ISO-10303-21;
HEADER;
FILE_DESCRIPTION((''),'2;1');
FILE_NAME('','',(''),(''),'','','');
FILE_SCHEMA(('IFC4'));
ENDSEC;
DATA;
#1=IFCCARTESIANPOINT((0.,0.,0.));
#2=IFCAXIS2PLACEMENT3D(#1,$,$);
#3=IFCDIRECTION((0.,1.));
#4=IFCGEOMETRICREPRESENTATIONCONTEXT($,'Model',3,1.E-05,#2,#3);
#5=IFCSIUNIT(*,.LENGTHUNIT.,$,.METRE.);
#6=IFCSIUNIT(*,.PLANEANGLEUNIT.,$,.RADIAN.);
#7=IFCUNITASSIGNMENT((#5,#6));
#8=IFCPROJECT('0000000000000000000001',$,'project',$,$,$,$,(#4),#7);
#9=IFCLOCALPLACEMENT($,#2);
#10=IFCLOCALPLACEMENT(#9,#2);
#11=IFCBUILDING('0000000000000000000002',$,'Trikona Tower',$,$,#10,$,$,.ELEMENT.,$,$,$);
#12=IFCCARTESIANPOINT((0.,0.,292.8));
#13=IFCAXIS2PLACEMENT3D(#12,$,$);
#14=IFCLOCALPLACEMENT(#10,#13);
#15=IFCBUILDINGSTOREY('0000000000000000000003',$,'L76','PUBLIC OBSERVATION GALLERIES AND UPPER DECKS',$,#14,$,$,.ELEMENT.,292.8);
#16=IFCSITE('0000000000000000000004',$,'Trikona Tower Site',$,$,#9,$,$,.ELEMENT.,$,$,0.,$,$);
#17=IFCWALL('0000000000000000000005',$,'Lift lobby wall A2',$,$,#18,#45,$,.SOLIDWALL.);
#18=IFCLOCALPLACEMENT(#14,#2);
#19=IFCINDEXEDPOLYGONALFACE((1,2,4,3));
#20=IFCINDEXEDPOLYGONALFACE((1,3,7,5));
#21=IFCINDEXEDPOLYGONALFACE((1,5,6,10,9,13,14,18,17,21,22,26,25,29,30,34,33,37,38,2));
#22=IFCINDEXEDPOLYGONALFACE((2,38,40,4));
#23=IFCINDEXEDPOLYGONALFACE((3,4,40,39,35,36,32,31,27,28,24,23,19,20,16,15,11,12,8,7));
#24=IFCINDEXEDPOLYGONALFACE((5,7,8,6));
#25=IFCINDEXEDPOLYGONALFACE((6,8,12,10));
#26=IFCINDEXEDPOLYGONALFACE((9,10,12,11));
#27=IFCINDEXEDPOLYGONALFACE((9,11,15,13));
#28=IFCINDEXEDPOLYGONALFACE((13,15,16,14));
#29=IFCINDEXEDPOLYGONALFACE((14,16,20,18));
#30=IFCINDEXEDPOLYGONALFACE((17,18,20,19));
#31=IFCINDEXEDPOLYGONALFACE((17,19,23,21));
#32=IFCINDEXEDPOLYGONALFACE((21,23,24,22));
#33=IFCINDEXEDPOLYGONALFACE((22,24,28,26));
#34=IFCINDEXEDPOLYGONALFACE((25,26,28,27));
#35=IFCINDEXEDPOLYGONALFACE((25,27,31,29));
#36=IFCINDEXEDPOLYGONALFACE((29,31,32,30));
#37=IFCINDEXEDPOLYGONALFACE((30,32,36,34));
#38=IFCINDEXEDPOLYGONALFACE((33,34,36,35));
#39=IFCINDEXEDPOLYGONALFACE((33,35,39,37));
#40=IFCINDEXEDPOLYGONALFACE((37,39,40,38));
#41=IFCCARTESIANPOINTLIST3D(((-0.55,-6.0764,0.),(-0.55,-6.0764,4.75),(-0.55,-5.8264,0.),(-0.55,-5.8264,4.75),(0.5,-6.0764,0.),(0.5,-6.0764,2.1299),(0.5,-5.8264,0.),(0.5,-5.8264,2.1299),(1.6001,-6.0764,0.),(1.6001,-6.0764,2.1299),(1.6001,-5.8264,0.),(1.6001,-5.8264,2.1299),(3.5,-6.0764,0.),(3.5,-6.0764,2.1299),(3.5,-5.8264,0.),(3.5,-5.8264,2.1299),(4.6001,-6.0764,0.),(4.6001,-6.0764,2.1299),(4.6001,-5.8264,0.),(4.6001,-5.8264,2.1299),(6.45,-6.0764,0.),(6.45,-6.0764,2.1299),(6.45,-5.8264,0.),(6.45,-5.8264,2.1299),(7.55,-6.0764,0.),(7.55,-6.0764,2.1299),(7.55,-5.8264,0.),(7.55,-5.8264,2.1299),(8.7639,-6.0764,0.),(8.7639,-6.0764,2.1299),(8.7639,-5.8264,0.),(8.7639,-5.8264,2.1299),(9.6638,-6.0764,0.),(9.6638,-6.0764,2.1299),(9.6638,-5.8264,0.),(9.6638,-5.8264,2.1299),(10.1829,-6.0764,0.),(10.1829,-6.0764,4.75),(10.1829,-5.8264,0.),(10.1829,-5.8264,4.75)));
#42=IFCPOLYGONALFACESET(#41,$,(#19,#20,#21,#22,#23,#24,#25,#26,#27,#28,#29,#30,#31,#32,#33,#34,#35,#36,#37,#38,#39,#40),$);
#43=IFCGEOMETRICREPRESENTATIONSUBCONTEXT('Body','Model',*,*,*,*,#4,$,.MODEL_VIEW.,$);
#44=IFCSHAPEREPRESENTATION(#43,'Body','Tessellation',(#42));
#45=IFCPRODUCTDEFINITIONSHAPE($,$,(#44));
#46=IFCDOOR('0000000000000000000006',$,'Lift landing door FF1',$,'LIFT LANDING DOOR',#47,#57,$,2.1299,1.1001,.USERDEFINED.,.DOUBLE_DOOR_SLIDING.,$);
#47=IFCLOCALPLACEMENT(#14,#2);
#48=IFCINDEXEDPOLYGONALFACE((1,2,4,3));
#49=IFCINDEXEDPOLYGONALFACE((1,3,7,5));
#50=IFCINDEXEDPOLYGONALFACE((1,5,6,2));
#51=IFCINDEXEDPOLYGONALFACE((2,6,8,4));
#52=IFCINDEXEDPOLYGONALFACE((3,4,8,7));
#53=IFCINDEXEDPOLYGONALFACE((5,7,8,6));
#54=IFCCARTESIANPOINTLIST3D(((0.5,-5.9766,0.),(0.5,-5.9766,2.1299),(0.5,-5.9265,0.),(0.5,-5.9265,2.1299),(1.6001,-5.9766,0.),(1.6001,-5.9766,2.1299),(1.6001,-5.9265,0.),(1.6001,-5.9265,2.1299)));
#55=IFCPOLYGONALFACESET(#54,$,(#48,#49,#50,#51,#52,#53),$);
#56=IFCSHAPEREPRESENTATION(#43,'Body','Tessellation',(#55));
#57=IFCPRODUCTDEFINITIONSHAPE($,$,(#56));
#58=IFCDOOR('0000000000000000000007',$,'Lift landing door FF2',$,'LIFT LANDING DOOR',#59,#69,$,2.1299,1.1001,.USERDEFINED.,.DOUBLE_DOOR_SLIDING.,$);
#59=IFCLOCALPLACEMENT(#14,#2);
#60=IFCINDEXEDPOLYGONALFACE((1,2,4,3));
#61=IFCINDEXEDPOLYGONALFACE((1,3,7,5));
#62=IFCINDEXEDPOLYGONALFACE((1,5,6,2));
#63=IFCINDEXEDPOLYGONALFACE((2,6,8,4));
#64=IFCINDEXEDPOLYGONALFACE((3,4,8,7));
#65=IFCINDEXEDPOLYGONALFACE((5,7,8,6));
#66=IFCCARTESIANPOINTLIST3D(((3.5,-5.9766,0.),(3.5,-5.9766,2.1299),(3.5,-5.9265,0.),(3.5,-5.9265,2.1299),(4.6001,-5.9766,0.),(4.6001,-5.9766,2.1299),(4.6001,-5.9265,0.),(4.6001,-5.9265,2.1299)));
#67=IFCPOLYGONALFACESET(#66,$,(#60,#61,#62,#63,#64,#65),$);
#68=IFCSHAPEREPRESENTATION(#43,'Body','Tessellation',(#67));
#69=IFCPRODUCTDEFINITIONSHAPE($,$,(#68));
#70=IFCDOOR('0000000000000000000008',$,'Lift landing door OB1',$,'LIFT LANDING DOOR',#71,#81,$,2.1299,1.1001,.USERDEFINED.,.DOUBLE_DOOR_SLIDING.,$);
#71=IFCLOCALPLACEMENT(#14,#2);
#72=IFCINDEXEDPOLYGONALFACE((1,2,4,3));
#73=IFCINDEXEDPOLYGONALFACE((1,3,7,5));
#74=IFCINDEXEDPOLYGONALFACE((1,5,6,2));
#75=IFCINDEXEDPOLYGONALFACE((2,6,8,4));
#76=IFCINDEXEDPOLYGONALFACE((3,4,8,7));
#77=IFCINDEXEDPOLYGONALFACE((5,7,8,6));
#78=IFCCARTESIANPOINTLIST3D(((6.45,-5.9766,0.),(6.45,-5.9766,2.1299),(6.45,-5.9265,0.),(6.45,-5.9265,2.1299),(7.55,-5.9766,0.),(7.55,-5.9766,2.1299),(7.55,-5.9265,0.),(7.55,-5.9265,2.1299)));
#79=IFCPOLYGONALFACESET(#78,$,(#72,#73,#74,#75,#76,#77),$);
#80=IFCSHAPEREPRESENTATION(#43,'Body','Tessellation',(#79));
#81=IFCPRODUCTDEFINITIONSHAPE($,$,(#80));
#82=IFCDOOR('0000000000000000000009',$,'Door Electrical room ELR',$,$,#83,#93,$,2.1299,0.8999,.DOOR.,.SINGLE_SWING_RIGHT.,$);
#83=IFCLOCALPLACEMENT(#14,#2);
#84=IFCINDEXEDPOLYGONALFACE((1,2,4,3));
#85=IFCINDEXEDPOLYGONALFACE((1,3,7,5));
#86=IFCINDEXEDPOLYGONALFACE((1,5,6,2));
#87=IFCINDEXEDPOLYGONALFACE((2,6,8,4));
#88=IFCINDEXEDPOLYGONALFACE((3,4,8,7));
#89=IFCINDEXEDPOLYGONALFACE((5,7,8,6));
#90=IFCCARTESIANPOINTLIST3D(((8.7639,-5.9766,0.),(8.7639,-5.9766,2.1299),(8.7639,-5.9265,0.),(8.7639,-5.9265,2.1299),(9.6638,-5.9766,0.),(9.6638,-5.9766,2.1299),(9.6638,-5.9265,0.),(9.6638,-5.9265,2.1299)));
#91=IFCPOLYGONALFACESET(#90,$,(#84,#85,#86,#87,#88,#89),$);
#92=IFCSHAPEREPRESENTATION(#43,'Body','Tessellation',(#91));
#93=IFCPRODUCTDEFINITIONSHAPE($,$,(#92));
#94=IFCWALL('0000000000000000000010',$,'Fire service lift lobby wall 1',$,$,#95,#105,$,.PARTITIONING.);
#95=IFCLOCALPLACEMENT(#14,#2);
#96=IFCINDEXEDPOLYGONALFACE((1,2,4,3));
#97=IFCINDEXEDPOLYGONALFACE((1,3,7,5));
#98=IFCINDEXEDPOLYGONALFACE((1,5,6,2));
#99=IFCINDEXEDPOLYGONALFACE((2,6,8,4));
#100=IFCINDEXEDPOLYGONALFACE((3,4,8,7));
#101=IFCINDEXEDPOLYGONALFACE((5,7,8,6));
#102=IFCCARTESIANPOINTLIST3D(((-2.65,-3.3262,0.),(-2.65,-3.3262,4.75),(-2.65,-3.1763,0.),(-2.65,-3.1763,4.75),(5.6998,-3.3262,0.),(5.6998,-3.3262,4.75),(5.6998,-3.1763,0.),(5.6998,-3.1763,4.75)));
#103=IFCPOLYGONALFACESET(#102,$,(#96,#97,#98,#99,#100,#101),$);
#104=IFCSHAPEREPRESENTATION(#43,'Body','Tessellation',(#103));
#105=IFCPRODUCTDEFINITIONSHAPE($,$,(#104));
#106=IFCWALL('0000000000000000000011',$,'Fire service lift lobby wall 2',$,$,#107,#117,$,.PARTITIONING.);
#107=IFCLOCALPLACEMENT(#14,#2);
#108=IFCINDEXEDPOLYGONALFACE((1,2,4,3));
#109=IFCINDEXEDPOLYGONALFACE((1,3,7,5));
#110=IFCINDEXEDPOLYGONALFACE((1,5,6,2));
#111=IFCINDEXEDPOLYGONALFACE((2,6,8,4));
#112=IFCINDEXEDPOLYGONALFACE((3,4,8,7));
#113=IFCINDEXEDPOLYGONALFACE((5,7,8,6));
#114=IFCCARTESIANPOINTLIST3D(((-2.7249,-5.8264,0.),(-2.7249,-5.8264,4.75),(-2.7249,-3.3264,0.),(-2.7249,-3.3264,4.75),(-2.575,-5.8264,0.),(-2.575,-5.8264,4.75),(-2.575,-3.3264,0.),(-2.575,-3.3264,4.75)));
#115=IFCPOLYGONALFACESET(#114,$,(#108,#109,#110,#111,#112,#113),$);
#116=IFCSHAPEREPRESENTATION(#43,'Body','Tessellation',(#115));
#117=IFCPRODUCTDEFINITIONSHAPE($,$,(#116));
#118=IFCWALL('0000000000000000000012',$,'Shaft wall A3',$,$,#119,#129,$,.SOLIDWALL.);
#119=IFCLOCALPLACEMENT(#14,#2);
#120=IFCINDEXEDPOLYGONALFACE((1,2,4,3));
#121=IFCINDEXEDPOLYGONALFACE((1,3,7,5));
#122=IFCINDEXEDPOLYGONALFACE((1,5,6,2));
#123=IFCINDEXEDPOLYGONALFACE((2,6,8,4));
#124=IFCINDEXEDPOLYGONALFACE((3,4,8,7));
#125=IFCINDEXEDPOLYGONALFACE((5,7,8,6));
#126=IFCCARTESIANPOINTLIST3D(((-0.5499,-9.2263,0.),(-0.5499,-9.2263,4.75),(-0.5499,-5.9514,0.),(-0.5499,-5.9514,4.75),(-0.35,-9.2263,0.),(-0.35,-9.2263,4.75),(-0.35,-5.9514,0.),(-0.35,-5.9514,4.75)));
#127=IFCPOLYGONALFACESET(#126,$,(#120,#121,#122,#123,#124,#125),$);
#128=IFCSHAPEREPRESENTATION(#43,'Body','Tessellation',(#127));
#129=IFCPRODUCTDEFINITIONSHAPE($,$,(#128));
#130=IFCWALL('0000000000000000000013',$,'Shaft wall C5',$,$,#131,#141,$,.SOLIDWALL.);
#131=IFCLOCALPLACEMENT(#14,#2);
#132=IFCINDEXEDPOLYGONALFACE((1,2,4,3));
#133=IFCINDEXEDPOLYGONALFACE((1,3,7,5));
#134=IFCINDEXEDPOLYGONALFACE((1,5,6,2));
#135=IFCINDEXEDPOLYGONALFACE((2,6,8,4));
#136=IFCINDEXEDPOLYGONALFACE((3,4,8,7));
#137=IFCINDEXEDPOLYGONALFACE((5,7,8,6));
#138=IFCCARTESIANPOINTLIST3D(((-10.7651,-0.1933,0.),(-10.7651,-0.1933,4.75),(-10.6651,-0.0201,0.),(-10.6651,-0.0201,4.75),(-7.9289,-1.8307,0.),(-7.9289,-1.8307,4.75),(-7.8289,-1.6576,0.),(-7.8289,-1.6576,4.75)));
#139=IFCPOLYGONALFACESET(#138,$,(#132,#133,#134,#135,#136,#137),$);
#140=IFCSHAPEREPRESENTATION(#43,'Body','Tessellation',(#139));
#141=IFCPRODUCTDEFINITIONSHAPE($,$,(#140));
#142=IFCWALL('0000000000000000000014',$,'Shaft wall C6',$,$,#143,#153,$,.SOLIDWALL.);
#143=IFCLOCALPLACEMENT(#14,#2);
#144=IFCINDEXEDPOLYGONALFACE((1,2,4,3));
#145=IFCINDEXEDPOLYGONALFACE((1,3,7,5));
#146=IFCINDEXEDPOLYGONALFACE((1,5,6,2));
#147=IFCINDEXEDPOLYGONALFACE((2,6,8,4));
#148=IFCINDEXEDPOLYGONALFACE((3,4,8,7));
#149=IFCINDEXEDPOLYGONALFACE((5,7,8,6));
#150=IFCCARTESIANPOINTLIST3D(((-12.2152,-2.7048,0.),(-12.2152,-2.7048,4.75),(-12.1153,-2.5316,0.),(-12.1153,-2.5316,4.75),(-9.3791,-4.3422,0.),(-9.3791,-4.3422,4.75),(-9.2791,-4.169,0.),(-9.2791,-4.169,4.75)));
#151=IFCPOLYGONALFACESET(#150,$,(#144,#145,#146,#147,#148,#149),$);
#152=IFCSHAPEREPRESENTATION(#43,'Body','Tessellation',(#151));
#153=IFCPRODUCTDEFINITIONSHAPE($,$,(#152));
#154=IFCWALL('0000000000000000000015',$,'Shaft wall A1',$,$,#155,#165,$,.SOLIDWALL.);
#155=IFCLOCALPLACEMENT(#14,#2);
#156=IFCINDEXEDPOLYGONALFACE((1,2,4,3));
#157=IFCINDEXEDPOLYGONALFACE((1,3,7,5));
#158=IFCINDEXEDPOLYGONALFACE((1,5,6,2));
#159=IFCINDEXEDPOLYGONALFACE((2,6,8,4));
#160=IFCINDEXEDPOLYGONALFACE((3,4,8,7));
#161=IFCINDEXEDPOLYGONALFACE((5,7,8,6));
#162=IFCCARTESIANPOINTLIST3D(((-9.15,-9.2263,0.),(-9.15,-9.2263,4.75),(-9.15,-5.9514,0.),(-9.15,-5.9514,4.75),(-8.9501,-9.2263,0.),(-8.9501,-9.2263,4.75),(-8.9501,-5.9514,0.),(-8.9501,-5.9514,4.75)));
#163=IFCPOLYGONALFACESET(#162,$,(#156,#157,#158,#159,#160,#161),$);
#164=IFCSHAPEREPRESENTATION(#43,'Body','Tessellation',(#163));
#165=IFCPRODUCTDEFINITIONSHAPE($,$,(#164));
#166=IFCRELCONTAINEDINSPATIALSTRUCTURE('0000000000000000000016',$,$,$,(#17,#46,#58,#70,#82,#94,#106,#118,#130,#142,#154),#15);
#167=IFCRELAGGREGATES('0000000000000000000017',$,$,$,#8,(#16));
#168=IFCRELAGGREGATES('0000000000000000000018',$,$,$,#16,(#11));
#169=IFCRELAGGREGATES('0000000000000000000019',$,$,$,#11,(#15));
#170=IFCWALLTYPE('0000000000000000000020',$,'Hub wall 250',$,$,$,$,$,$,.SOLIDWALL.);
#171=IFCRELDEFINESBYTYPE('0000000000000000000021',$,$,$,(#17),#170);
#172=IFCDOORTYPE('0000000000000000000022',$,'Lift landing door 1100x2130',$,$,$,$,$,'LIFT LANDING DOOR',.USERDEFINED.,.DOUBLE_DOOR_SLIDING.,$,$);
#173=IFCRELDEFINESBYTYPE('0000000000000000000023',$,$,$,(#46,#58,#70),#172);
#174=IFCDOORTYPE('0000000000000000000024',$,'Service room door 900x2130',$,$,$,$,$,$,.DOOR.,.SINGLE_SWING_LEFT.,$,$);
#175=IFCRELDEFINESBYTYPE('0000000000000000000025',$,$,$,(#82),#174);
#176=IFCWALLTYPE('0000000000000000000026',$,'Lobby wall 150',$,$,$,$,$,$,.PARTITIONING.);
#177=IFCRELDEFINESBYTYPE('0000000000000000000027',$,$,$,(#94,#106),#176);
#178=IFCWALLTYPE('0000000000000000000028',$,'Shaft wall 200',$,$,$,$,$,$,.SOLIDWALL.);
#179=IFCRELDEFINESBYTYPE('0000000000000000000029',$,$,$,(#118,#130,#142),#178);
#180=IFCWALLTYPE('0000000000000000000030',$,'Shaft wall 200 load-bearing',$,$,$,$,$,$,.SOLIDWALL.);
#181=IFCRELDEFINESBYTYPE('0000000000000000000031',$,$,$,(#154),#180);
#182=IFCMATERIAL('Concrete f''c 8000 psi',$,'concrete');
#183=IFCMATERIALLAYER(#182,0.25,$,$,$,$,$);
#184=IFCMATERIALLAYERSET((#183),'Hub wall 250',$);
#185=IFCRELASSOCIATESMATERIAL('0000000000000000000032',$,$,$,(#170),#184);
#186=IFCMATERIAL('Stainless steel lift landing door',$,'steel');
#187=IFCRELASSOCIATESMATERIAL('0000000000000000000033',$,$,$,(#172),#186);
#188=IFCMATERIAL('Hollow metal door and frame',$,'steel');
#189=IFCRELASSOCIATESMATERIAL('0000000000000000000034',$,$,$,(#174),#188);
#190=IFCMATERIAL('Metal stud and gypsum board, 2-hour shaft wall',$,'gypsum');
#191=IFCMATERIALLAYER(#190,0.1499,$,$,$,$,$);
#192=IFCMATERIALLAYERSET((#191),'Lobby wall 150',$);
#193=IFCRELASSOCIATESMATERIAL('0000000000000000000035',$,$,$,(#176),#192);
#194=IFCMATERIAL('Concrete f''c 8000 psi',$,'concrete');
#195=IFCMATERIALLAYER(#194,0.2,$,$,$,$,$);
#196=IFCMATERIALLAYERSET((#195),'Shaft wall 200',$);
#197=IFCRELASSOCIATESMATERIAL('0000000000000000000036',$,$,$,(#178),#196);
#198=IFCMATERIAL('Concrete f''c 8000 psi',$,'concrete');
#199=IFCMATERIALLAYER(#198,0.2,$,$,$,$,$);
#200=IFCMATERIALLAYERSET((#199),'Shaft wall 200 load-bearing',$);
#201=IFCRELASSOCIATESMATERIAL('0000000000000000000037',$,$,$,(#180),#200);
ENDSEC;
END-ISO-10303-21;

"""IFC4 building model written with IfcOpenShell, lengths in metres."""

from ifc_helpers import new_model, si_unit, direction, frame, frame_2d, origin, place, context, subcontext, project, spatial, rectangle, extrude, material, layer, layer_set, type_object, element, fill, save


model = new_model("IFC4")

# Units and contexts
model_context = context("Model", 3, precision=1e-05, world=origin(), true_north=direction((0.0, 1.0)))
body_context = subcontext(model_context, "Body", "Model", "MODEL_VIEW")
ifc_project = project(units=[si_unit("LENGTHUNIT", "METRE"), si_unit("PLANEANGLEUNIT", "RADIAN")], contexts=[model_context])

# Site, building, storey
site_placement = place(None, origin())
site = spatial("IfcSite", under=ifc_project, at=site_placement, Name="Trikona Tower Site", CompositionType="ELEMENT", RefElevation=0.0)
building_placement = place(site_placement, origin())
building = spatial("IfcBuilding", under=site, at=building_placement, Name="Trikona Tower", CompositionType="ELEMENT")
storey_placement = place(building_placement, frame((0.0, 0.0, 292.8)))
storey = spatial("IfcBuildingStorey", under=building, at=storey_placement, Name="L76", Description="PUBLIC OBSERVATION GALLERIES AND UPPER DECKS", CompositionType="ELEMENT", Elevation=292.8)

# Shared definitions
ifc_material_1 = material(Name="Concrete f'c 8000 psi", Category="concrete")
ifc_layer_1 = layer(ifc_material_1, 0.25)
ifc_layer_set_1 = layer_set([ifc_layer_1], Name="Hub wall 250")
wall_type_1 = type_object("IfcWallType", Name="Hub wall 250", PredefinedType="SOLIDWALL", material=ifc_layer_set_1)

# Wall, openings, doors
wall_1_placement = place(storey_placement, frame((-0.55, -5.9514, 0.0), z_axis=(0.0, 0.0, 1.0), x_axis=(1.0, 0.0, 0.0)))
wall_1 = element("IfcWall", 1, at=wall_1_placement, inside=storey, type_object=wall_type_1, Name="Lift lobby wall A2", PredefinedType="SOLIDWALL", context=body_context, shape_type="SweptSolid", body=[
    extrude(rectangle(XDim=10.7329, YDim=0.25, at=frame_2d((5.3665, 0.0))), origin(), (0.0, 0.0, 1.0), 4.75),
])
opening_1_placement = place(wall_1_placement, frame((9.314, 0.0, 0.0)))
opening_1 = element("IfcOpeningElement", 2, at=opening_1_placement, cuts=wall_1, PredefinedType="OPENING", context=body_context, shape_type="SweptSolid", body=[
    extrude(rectangle(XDim=0.8999, YDim=2.1299, at=frame_2d((0.45, 1.0649))), frame((0.0, 0.135, 0.0), z_axis=(0.0, -1.0, 0.0), x_axis=(1.0, 0.0, 0.0)), (0.0, 0.0, 1.0), 0.27),
])
opening_2_placement = place(wall_1_placement, frame((1.05, 0.0, 0.0)))
opening_2 = element("IfcOpeningElement", 3, at=opening_2_placement, cuts=wall_1, PredefinedType="OPENING", context=body_context, shape_type="SweptSolid", body=[
    extrude(rectangle(XDim=1.1001, YDim=2.1299, at=frame_2d((0.55, 1.0649))), frame((0.0, 0.135, 0.0), z_axis=(0.0, -1.0, 0.0), x_axis=(1.0, 0.0, 0.0)), (0.0, 0.0, 1.0), 0.27),
])
opening_3_placement = place(wall_1_placement, frame((4.05, 0.0, 0.0)))
opening_3 = element("IfcOpeningElement", 4, at=opening_3_placement, cuts=wall_1, PredefinedType="OPENING", context=body_context, shape_type="SweptSolid", body=[
    extrude(rectangle(XDim=1.1001, YDim=2.1299, at=frame_2d((0.55, 1.0649))), frame((0.0, 0.135, 0.0), z_axis=(0.0, -1.0, 0.0), x_axis=(1.0, 0.0, 0.0)), (0.0, 0.0, 1.0), 0.27),
])
opening_4_placement = place(wall_1_placement, frame((7.0, 0.0, 0.0)))
opening_4 = element("IfcOpeningElement", 5, at=opening_4_placement, cuts=wall_1, PredefinedType="OPENING", context=body_context, shape_type="SweptSolid", body=[
    extrude(rectangle(XDim=1.1001, YDim=2.1299, at=frame_2d((0.55, 1.0649))), frame((0.0, 0.135, 0.0), z_axis=(0.0, -1.0, 0.0), x_axis=(1.0, 0.0, 0.0)), (0.0, 0.0, 1.0), 0.27),
])
ifc_material_2 = material(Name="Stainless steel lift landing door", Category="steel")
door_type_1 = type_object("IfcDoorType", Name="Lift landing door 1100x2130", ElementType="LIFT LANDING DOOR", OperationType="DOUBLE_DOOR_SLIDING", PredefinedType="USERDEFINED", material=ifc_material_2)
door_1_placement = place(opening_2_placement, origin())
door_1 = element("IfcDoor", 6, at=door_1_placement, inside=storey, type_object=door_type_1, Name="Lift landing door FF1", ObjectType="LIFT LANDING DOOR", OperationType="DOUBLE_DOOR_SLIDING", OverallHeight=2.1299, OverallWidth=1.1001, PredefinedType="USERDEFINED", context=body_context, shape_type="SweptSolid", body=[
    extrude(rectangle(XDim=1.1001, YDim=2.1299, at=frame_2d((0.55, 1.0649))), frame((0.0, 0.0249, 0.0), z_axis=(0.0, -1.0, 0.0), x_axis=(1.0, 0.0, 0.0)), (0.0, 0.0, 1.0), 0.05),
])
fill(opening_2, door_1)
door_2_placement = place(opening_3_placement, origin())
door_2 = element("IfcDoor", 7, at=door_2_placement, inside=storey, type_object=door_type_1, Name="Lift landing door FF2", ObjectType="LIFT LANDING DOOR", OperationType="DOUBLE_DOOR_SLIDING", OverallHeight=2.1299, OverallWidth=1.1001, PredefinedType="USERDEFINED", context=body_context, shape_type="SweptSolid", body=[
    extrude(rectangle(XDim=1.1001, YDim=2.1299, at=frame_2d((0.55, 1.0649))), frame((0.0, 0.0249, 0.0), z_axis=(0.0, -1.0, 0.0), x_axis=(1.0, 0.0, 0.0)), (0.0, 0.0, 1.0), 0.05),
])
fill(opening_3, door_2)
door_3_placement = place(opening_4_placement, origin())
door_3 = element("IfcDoor", 8, at=door_3_placement, inside=storey, type_object=door_type_1, Name="Lift landing door OB1", ObjectType="LIFT LANDING DOOR", OperationType="DOUBLE_DOOR_SLIDING", OverallHeight=2.1299, OverallWidth=1.1001, PredefinedType="USERDEFINED", context=body_context, shape_type="SweptSolid", body=[
    extrude(rectangle(XDim=1.1001, YDim=2.1299, at=frame_2d((0.55, 1.0649))), frame((0.0, 0.0249, 0.0), z_axis=(0.0, -1.0, 0.0), x_axis=(1.0, 0.0, 0.0)), (0.0, 0.0, 1.0), 0.05),
])
fill(opening_4, door_3)
ifc_material_3 = material(Name="Hollow metal door and frame", Category="steel")
door_type_2 = type_object("IfcDoorType", Name="Service room door 900x2130", OperationType="SINGLE_SWING_LEFT", PredefinedType="DOOR", material=ifc_material_3)
door_4_placement = place(opening_1_placement, origin())
door_4 = element("IfcDoor", 9, at=door_4_placement, inside=storey, type_object=door_type_2, Name="Door Electrical room ELR", OperationType="SINGLE_SWING_RIGHT", OverallHeight=2.1299, OverallWidth=0.8999, PredefinedType="DOOR", context=body_context, shape_type="SweptSolid", body=[
    extrude(rectangle(XDim=0.8999, YDim=2.1299, at=frame_2d((0.45, 1.0649))), frame((0.0, 0.0249, 0.0), z_axis=(0.0, -1.0, 0.0), x_axis=(1.0, 0.0, 0.0)), (0.0, 0.0, 1.0), 0.05),
])
fill(opening_1, door_4)

# Walls
ifc_material_4 = material(Name="Metal stud and gypsum board, 2-hour shaft wall", Category="gypsum")
ifc_layer_2 = layer(ifc_material_4, 0.1499)
ifc_layer_set_2 = layer_set([ifc_layer_2], Name="Lobby wall 150")
wall_type_2 = type_object("IfcWallType", Name="Lobby wall 150", PredefinedType="PARTITIONING", material=ifc_layer_set_2)
wall_2_placement = place(storey_placement, frame((-2.6499, -3.2512, 0.0), z_axis=(0.0, 0.0, 1.0), x_axis=(1.0, 0.0, 0.0)))
element("IfcWall", 10, at=wall_2_placement, inside=storey, type_object=wall_type_2, Name="Fire service lift lobby wall 1", PredefinedType="PARTITIONING", context=body_context, shape_type="SweptSolid", body=[
    extrude(rectangle(XDim=8.3499, YDim=0.1499, at=frame_2d((4.1748, 0.0))), origin(), (0.0, 0.0, 1.0), 4.75),
])
wall_3_placement = place(storey_placement, frame((-2.6499, -5.8264, 0.0), z_axis=(0.0, 0.0, 1.0), x_axis=(0.0, 1.0, 0.0)))
element("IfcWall", 11, at=wall_3_placement, inside=storey, type_object=wall_type_2, Name="Fire service lift lobby wall 2", PredefinedType="PARTITIONING", context=body_context, shape_type="SweptSolid", body=[
    extrude(rectangle(XDim=2.5, YDim=0.1499, at=frame_2d((1.25, 0.0))), origin(), (0.0, 0.0, 1.0), 4.75),
])
ifc_material_5 = material(Name="Concrete f'c 8000 psi", Category="concrete")
ifc_layer_3 = layer(ifc_material_5, 0.2)
ifc_layer_set_3 = layer_set([ifc_layer_3], Name="Shaft wall 200")
wall_type_3 = type_object("IfcWallType", Name="Shaft wall 200", PredefinedType="SOLIDWALL", material=ifc_layer_set_3)
for number, where, z_axis, x_axis, name in (
    (12, (-0.45, -5.9514, 0.0), (0.0, 0.0, 1.0), (0.0, -1.0, 0.0), "Shaft wall A3"),
    (13, (-7.8789, -1.7441, 0.0), (0.0, 0.0, 1.0), (-0.866028, 0.499996, 0.0), "Shaft wall C5"),
    (14, (-9.3291, -4.2556, 0.0), (0.0, 0.0, 1.0), (-0.866028, 0.499996, 0.0), "Shaft wall C6"),
):
    element("IfcWall", number, at=place(storey_placement, frame(where, z_axis=z_axis, x_axis=x_axis)), inside=storey, type_object=wall_type_3, Name=name, PredefinedType="SOLIDWALL", context=body_context, shape_type="SweptSolid", body=[
        extrude(rectangle(XDim=3.2749, YDim=0.2, at=frame_2d((1.6375, 0.0))), origin(), (0.0, 0.0, 1.0), 4.75),
    ])
ifc_material_6 = material(Name="Concrete f'c 8000 psi", Category="concrete")
ifc_layer_4 = layer(ifc_material_6, 0.2)
ifc_layer_set_4 = layer_set([ifc_layer_4], Name="Shaft wall 200 load-bearing")
wall_type_4 = type_object("IfcWallType", Name="Shaft wall 200 load-bearing", PredefinedType="SOLIDWALL", material=ifc_layer_set_4)
wall_4_placement = place(storey_placement, frame((-9.05, -5.9514, 0.0), z_axis=(0.0, 0.0, 1.0), x_axis=(0.0, -1.0, 0.0)))
element("IfcWall", 15, at=wall_4_placement, inside=storey, type_object=wall_type_4, Name="Shaft wall A1", PredefinedType="SOLIDWALL", context=body_context, shape_type="SweptSolid", body=[
    extrude(rectangle(XDim=3.2749, YDim=0.2, at=frame_2d((1.6375, 0.0))), origin(), (0.0, 0.0, 1.0), 4.75),
])

save(model, "model.ifc")
